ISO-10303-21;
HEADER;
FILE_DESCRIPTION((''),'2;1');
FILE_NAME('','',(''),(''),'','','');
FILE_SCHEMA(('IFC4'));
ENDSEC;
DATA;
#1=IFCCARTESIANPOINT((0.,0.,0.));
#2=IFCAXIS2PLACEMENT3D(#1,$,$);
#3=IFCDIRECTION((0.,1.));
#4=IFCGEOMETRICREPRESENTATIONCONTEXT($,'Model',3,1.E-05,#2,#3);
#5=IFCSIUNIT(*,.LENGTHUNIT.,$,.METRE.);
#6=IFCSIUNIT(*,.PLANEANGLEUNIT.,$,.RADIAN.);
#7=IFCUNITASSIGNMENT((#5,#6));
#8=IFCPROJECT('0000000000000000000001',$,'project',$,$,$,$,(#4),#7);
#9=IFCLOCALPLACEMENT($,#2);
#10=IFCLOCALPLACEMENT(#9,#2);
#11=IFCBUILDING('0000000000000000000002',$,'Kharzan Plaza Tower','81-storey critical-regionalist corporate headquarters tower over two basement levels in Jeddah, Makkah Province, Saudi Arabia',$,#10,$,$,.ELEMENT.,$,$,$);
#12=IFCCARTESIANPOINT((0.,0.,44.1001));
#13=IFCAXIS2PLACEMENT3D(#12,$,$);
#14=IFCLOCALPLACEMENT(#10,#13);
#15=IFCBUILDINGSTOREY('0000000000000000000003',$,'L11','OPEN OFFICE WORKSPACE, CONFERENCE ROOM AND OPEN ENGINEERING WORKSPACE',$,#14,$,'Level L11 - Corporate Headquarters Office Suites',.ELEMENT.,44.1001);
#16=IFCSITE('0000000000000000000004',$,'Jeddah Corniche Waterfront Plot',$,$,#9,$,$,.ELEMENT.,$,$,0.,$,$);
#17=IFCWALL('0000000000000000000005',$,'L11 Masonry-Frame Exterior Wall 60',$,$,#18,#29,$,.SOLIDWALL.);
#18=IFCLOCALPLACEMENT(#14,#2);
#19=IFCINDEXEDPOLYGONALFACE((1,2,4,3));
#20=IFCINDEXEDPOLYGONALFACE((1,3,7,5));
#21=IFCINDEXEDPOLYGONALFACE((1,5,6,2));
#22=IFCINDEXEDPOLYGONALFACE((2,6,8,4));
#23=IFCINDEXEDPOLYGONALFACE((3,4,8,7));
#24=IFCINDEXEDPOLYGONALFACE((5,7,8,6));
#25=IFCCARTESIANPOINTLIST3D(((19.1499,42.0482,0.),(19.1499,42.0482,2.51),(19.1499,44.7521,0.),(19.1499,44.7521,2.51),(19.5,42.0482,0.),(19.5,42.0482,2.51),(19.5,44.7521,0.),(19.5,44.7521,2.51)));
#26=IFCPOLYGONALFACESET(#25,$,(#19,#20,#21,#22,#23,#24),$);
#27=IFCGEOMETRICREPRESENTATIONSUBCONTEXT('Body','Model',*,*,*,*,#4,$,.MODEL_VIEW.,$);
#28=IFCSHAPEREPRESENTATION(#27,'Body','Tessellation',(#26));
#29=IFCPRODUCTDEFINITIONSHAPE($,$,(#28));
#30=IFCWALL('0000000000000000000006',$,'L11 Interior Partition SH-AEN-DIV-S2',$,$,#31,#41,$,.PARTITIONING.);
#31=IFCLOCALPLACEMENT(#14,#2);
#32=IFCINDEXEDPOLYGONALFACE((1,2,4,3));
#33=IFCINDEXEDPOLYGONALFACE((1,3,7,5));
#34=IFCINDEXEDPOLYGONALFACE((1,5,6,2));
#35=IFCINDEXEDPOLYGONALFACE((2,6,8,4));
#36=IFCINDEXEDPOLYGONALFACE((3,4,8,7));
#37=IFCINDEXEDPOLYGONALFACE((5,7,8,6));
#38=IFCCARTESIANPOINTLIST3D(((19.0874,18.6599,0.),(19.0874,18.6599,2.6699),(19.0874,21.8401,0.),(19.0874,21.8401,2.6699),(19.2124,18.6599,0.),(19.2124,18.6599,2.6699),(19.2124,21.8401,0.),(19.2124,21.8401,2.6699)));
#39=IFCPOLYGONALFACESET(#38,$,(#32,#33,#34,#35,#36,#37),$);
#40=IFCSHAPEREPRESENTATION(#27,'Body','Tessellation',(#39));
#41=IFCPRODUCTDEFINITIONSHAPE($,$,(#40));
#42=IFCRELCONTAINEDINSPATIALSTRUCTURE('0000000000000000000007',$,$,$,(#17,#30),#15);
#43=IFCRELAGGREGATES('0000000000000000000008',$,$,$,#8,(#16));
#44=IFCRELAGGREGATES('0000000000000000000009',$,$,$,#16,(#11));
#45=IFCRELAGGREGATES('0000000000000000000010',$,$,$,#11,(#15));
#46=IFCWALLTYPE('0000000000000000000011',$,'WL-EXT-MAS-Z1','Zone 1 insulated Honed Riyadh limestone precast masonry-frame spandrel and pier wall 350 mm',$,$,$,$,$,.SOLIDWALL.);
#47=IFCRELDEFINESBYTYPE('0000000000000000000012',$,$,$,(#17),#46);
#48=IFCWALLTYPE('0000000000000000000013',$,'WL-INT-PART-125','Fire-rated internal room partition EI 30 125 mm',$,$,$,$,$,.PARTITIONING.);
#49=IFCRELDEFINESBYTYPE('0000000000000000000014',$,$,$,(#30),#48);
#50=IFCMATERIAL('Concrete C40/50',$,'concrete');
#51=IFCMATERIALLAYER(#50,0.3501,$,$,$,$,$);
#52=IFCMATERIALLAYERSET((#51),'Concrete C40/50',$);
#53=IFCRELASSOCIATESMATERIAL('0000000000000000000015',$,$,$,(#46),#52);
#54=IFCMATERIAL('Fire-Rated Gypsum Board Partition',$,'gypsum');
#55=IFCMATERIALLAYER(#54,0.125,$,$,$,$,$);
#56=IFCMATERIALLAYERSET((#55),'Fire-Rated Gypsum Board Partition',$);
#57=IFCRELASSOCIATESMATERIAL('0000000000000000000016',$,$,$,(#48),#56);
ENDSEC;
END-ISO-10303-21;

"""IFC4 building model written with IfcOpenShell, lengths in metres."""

from ifc_helpers import new_model, si_unit, direction, frame, frame_2d, origin, place, context, subcontext, project, spatial, rectangle, extrude, source, transform, mapped, material, layer, layer_set, type_object, element, save


model = new_model("IFC4")

# Units and contexts
model_context = context("Model", 3, precision=1e-05, world=origin(), true_north=direction((0.0, 1.0)))
body_context = subcontext(model_context, "Body", "Model", "MODEL_VIEW")
ifc_project = project(units=[si_unit("LENGTHUNIT", "METRE"), si_unit("PLANEANGLEUNIT", "RADIAN")], contexts=[model_context])

# Site, building, storey
site_placement = place(None, origin())
site = spatial("IfcSite", under=ifc_project, at=site_placement, Name="Jeddah Corniche Waterfront Plot", CompositionType="ELEMENT", RefElevation=0.0)
building_placement = place(site_placement, origin())
building = spatial("IfcBuilding", under=site, at=building_placement, Name="Kharzan Plaza Tower", Description="81-storey critical-regionalist corporate headquarters tower over two basement levels in Jeddah, Makkah Province, Saudi Arabia", CompositionType="ELEMENT")
storey_placement = place(building_placement, frame((0.0, 0.0, 44.1001)))
storey = spatial("IfcBuildingStorey", under=building, at=storey_placement, Name="L11", Description="OPEN OFFICE WORKSPACE, CONFERENCE ROOM AND OPEN ENGINEERING WORKSPACE", LongName="Level L11 - Corporate Headquarters Office Suites", CompositionType="ELEMENT", Elevation=44.1001)

# Shared definitions
ifc_material_1 = material(Name="Concrete C40/50", Category="concrete")
ifc_layer_1 = layer(ifc_material_1, 0.3501)
ifc_layer_set_1 = layer_set([ifc_layer_1], Name="Concrete C40/50")
wall_type_1 = type_object("IfcWallType", Name="WL-EXT-MAS-Z1", Description="Zone 1 insulated Honed Riyadh limestone precast masonry-frame spandrel and pier wall 350 mm", PredefinedType="SOLIDWALL", material=ifc_layer_set_1)

# Walls
shared_shape_1 = source(origin(), body_context, "Body", "SweptSolid", [
    extrude(rectangle(XDim=2.7039, YDim=0.3501, at=frame_2d((1.3521, 0.0))), origin(), (0.0, 0.0, 1.0), 2.51),
])
wall_1_placement = place(storey_placement, frame((19.325, 42.0481, 0.0), z_axis=(0.0, 0.0, 1.0), x_axis=(0.0, 1.0, 0.0)))
element("IfcWall", 1, at=wall_1_placement, inside=storey, type_object=wall_type_1, Name="L11 Masonry-Frame Exterior Wall 60", PredefinedType="SOLIDWALL", context=body_context, shape_type="MappedRepresentation", body=[
    mapped(shared_shape_1, transform((0.0, 0.0, 0.0), x_axis=(1.0, 0.0, 0.0), y_axis=(0.0, 1.0, 0.0), z_axis=(0.0, 0.0, 1.0))),
])
ifc_material_2 = material(Name="Fire-Rated Gypsum Board Partition", Category="gypsum")
ifc_layer_2 = layer(ifc_material_2, 0.125)
ifc_layer_set_2 = layer_set([ifc_layer_2], Name="Fire-Rated Gypsum Board Partition")
wall_type_2 = type_object("IfcWallType", Name="WL-INT-PART-125", Description="Fire-rated internal room partition EI 30 125 mm", PredefinedType="PARTITIONING", material=ifc_layer_set_2)
shared_shape_2 = source(origin(), body_context, "Body", "SweptSolid", [
    extrude(rectangle(XDim=3.1802, YDim=0.125, at=frame_2d((1.5901, 0.0))), origin(), (0.0, 0.0, 1.0), 2.6699),
])
wall_2_placement = place(storey_placement, frame((19.1499, 18.6599, 0.0), z_axis=(0.0, 0.0, 1.0), x_axis=(0.0, 1.0, 0.0)))
element("IfcWall", 2, at=wall_2_placement, inside=storey, type_object=wall_type_2, Name="L11 Interior Partition SH-AEN-DIV-S2", PredefinedType="PARTITIONING", context=body_context, shape_type="MappedRepresentation", body=[
    mapped(shared_shape_2, transform((0.0, 0.0, 0.0), x_axis=(1.0, 0.0, 0.0), y_axis=(0.0, 1.0, 0.0), z_axis=(0.0, 0.0, 1.0))),
])

save(model, "model.ifc")
